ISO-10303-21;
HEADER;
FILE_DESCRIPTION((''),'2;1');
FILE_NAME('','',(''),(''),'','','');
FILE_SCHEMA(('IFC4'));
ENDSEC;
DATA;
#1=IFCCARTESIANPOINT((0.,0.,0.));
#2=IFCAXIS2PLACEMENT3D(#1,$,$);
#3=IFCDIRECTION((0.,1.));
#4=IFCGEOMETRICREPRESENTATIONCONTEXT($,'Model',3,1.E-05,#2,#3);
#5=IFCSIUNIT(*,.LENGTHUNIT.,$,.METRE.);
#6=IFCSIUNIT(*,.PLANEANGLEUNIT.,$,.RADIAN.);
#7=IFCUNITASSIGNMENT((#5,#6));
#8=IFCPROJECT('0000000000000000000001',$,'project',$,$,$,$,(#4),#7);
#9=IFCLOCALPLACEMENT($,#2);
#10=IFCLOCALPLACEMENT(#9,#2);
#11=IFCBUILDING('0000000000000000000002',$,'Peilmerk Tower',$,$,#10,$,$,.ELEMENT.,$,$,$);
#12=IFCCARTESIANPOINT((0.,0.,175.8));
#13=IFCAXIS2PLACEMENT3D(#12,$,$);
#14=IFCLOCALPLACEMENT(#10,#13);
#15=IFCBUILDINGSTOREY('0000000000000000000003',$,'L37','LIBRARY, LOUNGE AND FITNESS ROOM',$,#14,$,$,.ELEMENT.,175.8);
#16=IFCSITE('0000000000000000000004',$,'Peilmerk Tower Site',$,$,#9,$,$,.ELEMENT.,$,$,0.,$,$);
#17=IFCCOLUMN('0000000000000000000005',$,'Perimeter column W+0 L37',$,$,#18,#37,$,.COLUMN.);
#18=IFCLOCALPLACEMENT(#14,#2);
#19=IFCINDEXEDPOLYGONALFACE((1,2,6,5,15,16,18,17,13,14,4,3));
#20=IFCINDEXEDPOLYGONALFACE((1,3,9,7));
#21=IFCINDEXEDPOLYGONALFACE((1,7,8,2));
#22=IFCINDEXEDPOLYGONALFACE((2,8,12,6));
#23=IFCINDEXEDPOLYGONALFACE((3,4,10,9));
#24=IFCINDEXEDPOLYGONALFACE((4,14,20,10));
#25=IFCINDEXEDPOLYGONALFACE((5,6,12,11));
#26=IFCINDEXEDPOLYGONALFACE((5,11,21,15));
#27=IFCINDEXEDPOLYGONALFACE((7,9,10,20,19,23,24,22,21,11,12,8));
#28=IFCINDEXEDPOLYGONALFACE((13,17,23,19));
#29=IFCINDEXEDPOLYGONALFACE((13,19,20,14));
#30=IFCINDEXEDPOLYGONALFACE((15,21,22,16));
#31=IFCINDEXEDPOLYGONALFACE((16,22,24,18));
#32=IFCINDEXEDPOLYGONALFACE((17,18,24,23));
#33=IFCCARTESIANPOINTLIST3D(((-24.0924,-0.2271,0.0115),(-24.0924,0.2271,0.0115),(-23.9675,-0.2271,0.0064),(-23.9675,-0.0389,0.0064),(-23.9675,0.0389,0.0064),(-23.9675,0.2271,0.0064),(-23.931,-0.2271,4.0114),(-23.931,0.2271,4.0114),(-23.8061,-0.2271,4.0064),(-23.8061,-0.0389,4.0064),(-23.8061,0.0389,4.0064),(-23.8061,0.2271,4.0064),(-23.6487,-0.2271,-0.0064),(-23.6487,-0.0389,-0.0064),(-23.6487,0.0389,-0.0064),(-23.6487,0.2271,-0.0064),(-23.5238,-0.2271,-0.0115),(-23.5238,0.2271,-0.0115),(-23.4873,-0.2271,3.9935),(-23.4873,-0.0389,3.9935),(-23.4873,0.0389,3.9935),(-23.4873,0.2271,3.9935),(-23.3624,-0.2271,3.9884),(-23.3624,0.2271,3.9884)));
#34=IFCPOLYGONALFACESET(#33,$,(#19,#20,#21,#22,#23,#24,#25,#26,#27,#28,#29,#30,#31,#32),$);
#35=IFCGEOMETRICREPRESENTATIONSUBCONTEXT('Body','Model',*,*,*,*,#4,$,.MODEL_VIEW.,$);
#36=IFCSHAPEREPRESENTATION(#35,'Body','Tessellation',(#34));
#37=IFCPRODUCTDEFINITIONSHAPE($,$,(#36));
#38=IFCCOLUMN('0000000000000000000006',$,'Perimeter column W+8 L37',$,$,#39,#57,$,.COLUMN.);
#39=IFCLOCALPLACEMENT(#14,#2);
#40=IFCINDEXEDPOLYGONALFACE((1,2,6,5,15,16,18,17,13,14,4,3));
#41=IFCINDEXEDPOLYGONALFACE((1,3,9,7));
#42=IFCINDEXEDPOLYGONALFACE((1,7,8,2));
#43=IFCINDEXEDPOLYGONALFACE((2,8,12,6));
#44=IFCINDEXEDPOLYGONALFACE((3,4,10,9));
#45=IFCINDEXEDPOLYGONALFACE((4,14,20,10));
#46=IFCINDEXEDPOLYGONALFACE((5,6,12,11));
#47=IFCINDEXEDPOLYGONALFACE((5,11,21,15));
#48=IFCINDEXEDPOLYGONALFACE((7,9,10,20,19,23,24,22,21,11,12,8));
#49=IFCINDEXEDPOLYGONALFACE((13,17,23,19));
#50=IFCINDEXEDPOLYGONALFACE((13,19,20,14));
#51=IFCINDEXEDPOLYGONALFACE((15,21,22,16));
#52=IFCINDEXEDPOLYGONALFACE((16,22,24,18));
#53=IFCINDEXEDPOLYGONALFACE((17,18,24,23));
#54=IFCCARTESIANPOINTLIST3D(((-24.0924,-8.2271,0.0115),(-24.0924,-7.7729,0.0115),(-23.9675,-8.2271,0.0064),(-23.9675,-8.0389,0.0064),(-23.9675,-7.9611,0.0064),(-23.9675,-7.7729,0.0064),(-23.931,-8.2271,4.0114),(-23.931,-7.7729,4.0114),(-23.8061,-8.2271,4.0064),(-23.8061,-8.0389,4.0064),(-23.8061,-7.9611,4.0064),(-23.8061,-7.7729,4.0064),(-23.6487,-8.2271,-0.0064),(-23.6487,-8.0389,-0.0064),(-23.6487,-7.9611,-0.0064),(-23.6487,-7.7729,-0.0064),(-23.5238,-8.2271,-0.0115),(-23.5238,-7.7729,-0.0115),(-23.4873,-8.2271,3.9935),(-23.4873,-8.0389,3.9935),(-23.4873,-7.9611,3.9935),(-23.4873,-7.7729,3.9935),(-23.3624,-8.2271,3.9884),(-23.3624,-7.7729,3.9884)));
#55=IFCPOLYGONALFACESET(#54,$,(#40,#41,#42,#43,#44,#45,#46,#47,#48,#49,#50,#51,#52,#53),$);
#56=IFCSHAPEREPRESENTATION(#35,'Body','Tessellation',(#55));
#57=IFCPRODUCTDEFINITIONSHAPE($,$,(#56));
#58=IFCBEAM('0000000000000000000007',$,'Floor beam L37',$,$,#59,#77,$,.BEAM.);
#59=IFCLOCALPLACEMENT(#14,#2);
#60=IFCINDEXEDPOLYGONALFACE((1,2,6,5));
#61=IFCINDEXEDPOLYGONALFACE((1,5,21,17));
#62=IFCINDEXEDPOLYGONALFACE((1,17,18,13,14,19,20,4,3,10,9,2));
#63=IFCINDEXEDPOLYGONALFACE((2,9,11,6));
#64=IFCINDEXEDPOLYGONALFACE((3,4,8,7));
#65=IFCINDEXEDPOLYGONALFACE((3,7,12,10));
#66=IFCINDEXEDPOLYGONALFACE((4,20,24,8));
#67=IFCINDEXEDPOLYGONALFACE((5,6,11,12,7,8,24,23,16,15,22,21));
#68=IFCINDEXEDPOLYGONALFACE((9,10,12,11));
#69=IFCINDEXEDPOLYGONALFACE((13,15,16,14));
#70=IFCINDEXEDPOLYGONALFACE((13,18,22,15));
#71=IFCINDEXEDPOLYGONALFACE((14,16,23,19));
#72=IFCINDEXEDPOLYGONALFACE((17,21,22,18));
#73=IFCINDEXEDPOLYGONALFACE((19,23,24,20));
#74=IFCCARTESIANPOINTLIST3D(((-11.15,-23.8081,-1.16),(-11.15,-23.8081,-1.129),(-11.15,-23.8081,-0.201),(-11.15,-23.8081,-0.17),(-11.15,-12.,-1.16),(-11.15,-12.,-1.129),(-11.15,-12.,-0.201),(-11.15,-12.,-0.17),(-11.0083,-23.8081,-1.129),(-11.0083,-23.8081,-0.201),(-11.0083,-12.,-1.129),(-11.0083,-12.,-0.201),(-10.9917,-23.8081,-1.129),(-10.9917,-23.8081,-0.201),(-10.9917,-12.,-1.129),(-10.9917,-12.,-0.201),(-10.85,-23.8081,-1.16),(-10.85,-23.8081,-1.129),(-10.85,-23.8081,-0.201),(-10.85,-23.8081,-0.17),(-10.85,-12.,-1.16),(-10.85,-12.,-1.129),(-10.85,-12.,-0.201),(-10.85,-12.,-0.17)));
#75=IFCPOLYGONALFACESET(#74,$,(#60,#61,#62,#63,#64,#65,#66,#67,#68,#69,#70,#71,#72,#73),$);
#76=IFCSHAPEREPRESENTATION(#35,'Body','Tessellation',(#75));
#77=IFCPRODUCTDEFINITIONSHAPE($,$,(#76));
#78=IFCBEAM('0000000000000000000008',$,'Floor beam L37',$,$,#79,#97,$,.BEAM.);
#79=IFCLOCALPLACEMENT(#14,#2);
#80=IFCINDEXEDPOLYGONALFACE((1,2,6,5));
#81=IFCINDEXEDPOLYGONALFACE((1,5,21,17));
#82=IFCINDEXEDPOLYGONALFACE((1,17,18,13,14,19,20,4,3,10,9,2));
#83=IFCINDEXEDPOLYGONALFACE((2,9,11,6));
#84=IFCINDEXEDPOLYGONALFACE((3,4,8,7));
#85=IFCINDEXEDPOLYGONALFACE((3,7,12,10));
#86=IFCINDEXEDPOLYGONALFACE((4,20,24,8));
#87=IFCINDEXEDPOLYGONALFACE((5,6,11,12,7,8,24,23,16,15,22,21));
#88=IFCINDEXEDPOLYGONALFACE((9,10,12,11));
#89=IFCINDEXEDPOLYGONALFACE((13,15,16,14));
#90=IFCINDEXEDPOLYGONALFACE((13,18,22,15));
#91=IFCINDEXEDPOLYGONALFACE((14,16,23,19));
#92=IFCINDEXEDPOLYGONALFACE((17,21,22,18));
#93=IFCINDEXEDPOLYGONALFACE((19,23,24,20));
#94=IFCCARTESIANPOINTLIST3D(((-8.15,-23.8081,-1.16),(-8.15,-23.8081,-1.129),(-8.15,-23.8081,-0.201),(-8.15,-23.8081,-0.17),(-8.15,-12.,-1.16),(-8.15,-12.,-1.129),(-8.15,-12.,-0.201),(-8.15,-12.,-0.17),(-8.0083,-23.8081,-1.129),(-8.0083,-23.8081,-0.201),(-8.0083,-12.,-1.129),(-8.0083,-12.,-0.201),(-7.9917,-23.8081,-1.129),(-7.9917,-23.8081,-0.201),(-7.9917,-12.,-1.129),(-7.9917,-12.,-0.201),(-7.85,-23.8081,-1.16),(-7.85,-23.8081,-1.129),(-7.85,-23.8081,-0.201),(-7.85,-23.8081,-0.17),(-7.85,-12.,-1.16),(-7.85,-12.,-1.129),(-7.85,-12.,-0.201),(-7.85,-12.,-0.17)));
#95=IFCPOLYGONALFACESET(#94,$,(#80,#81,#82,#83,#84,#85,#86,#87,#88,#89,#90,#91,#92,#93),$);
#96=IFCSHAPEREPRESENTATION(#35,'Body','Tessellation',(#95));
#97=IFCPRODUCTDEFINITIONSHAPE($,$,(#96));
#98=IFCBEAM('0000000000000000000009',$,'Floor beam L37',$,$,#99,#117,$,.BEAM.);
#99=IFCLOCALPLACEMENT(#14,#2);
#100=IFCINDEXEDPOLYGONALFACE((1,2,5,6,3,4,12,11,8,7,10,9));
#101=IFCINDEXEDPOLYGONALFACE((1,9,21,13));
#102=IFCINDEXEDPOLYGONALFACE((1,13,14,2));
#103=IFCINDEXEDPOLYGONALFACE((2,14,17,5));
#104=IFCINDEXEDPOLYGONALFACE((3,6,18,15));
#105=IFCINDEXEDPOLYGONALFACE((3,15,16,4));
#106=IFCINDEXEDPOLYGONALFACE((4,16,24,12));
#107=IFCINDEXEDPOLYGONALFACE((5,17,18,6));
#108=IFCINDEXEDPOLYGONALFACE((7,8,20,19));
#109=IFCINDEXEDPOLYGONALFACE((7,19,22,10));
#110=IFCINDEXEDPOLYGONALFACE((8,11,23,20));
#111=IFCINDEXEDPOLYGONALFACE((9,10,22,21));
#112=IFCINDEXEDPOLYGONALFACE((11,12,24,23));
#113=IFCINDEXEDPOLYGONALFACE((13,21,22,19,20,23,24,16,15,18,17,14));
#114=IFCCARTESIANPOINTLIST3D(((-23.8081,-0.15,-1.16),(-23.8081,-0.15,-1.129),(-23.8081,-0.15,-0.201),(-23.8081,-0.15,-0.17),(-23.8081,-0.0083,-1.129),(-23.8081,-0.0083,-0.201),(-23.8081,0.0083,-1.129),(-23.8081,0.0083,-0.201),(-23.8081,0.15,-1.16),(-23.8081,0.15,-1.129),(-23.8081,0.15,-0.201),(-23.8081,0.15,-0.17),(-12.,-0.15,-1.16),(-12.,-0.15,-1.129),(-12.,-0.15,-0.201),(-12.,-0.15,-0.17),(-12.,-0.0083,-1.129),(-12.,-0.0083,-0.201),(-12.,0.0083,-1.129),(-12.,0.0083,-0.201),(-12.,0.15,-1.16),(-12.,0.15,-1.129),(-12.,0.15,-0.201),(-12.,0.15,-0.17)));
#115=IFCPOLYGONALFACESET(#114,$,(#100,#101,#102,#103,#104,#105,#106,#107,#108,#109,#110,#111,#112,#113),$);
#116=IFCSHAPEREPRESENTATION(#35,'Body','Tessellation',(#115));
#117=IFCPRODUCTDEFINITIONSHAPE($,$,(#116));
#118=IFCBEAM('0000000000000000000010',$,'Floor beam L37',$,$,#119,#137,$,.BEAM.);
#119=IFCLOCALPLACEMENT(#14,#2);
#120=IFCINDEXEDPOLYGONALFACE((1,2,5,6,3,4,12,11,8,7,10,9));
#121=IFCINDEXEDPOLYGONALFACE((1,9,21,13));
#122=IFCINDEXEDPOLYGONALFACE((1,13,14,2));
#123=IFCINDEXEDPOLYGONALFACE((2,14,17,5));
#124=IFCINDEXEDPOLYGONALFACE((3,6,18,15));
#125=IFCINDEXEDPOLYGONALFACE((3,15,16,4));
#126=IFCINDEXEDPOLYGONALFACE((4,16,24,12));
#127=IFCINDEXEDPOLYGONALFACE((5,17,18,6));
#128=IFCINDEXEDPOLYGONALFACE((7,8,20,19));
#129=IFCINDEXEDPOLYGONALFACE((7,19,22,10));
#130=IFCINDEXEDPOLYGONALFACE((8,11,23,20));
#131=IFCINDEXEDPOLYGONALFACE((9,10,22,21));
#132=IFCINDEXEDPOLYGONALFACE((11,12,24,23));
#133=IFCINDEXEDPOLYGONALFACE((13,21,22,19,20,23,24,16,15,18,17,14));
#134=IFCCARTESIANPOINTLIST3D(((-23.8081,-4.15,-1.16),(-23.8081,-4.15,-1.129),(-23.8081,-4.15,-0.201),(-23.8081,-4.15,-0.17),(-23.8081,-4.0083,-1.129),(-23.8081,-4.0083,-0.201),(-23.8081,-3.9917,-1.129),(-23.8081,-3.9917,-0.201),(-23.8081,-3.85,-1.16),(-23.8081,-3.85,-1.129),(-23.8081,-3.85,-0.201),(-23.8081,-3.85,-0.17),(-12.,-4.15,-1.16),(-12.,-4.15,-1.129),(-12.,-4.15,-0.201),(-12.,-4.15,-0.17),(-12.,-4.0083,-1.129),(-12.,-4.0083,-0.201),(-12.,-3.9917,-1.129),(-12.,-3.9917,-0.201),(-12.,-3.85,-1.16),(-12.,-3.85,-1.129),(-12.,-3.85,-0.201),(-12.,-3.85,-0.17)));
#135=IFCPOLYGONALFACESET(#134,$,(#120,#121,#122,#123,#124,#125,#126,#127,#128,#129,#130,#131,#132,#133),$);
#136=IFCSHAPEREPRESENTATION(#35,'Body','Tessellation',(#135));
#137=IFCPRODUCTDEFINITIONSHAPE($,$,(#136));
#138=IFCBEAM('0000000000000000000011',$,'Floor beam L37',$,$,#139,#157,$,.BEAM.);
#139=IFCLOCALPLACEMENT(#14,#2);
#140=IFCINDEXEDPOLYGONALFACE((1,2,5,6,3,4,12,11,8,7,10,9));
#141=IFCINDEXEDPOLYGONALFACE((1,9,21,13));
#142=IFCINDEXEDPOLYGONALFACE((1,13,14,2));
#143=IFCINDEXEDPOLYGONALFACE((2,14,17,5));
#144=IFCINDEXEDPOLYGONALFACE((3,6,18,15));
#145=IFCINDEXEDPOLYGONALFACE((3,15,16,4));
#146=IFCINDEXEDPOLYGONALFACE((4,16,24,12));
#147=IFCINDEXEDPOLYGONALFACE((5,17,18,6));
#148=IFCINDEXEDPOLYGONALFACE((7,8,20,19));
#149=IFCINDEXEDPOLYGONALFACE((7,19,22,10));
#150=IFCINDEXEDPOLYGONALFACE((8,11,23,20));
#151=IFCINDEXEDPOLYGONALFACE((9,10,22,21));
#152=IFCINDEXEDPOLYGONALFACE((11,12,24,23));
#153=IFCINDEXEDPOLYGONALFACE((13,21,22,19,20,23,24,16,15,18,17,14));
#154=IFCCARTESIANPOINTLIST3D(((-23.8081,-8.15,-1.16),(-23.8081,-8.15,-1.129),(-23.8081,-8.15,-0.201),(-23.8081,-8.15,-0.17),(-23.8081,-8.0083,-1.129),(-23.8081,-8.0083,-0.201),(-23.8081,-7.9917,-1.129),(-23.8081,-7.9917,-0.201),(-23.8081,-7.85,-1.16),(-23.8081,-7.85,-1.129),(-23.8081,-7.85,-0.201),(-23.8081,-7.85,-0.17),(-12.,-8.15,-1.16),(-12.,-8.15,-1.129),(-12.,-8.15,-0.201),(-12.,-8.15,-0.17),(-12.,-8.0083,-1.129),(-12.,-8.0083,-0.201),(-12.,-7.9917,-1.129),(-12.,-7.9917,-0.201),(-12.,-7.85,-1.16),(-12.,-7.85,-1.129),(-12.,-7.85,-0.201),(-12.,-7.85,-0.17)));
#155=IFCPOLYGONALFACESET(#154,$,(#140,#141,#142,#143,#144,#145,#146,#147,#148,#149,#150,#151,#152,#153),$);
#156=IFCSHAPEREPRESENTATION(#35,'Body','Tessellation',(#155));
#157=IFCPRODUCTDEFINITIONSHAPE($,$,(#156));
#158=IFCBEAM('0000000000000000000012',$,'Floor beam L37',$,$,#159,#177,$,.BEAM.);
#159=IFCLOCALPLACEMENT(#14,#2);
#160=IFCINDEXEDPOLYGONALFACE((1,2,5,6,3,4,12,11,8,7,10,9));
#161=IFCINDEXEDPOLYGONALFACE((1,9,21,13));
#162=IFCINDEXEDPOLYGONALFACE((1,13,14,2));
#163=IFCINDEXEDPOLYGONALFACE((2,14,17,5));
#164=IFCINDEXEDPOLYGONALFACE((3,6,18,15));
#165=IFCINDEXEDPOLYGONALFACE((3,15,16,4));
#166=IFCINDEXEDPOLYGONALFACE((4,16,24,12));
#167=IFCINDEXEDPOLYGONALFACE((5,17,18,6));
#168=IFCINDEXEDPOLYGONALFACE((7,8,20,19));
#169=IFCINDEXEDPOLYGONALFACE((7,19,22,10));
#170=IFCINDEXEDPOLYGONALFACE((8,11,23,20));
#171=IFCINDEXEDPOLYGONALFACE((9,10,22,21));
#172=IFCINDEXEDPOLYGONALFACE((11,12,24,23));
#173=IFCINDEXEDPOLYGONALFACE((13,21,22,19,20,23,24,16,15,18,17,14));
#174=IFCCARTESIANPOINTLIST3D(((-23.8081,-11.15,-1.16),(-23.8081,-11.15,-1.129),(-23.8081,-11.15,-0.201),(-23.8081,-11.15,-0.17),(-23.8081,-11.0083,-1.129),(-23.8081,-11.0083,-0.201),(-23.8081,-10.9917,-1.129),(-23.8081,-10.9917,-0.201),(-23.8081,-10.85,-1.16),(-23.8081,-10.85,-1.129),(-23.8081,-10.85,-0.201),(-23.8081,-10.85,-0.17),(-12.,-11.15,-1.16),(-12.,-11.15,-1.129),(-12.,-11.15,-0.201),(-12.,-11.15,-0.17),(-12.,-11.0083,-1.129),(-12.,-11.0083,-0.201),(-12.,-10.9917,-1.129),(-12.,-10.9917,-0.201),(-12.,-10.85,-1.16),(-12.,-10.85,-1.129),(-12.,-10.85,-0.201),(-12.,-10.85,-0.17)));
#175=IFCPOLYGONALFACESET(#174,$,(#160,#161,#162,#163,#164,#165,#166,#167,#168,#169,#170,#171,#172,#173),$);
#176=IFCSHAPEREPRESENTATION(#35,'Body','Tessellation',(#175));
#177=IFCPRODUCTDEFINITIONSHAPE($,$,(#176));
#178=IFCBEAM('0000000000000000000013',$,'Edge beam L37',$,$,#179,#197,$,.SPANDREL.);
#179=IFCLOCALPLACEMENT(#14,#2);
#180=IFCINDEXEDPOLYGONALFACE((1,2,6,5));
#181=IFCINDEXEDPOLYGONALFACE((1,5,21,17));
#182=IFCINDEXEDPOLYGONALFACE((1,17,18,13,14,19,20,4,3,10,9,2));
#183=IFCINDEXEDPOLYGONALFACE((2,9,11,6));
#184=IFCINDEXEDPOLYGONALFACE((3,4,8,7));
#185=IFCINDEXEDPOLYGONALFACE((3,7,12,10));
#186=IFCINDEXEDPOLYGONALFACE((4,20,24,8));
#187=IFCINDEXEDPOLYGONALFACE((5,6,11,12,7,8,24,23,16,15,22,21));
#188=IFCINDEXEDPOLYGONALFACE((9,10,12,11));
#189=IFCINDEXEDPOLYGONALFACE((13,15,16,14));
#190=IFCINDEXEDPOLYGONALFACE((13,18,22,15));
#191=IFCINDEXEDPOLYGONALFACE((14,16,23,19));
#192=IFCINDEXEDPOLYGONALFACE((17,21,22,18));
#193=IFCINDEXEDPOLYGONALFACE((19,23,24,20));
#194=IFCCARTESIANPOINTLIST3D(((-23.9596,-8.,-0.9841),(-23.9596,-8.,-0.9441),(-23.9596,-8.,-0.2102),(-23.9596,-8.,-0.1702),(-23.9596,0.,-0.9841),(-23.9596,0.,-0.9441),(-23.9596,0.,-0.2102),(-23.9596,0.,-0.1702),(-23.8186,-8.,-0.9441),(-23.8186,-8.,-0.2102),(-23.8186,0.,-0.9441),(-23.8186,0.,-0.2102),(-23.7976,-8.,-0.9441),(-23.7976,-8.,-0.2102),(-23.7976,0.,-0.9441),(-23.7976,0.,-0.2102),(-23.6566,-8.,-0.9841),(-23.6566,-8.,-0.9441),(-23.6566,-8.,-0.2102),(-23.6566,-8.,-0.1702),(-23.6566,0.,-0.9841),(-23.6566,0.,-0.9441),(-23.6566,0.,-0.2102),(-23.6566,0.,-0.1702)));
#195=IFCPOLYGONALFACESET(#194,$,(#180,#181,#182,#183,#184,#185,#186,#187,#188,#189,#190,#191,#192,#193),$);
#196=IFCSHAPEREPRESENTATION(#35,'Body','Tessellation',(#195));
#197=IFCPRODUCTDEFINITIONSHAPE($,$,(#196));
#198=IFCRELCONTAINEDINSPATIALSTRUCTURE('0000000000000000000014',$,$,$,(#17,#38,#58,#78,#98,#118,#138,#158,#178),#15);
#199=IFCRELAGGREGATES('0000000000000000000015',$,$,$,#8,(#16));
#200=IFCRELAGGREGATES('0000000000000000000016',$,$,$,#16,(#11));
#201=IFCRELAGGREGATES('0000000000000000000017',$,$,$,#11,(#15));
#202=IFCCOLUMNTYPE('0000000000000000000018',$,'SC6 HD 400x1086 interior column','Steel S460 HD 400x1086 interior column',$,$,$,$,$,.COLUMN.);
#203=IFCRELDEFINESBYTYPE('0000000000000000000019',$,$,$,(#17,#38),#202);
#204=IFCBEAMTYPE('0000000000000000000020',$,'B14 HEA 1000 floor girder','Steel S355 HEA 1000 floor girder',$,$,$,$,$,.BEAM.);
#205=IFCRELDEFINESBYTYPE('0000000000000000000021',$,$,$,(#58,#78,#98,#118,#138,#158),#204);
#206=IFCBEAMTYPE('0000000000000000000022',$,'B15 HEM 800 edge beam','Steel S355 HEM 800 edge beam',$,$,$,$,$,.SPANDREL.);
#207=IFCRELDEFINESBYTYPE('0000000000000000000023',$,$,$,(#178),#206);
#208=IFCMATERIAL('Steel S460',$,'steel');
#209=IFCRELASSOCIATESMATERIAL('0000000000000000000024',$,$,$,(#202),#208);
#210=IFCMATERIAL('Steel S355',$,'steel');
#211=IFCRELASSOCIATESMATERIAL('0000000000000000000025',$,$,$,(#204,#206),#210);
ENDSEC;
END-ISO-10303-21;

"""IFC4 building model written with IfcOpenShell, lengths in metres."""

from ifc_helpers import new_model, si_unit, direction, frame, origin, origin_2d, place, context, subcontext, project, spatial, i_section, extrude, material, material_profile, profile_set, type_object, element, save


model = new_model("IFC4")

# Units and contexts
model_context = context("Model", 3, precision=1e-05, world=origin(), true_north=direction((0.0, 1.0)))
body_context = subcontext(model_context, "Body", "Model", "MODEL_VIEW")
ifc_project = project(units=[si_unit("LENGTHUNIT", "METRE"), si_unit("PLANEANGLEUNIT", "RADIAN")], contexts=[model_context])

# Site, building, storey
site_placement = place(None, origin())
site = spatial("IfcSite", under=ifc_project, at=site_placement, Name="Peilmerk Tower Site", CompositionType="ELEMENT", RefElevation=0.0)
building_placement = place(site_placement, origin())
building = spatial("IfcBuilding", under=site, at=building_placement, Name="Peilmerk Tower", CompositionType="ELEMENT")
storey_placement = place(building_placement, frame((0.0, 0.0, 175.8)))
storey = spatial("IfcBuildingStorey", under=building, at=storey_placement, Name="L37", Description="LIBRARY, LOUNGE AND FITNESS ROOM", CompositionType="ELEMENT", Elevation=175.8)

# Columns
ifc_material_1 = material(Name="Steel S460", Category="steel")
ifc_material_profile_1 = material_profile(ifc_material_1, i_section(OverallWidth=0.4541, OverallDepth=0.5691, WebThickness=0.0779, FlangeThickness=0.125, at=origin_2d()), Name="HD 400x1086")
ifc_profile_set_1 = profile_set([ifc_material_profile_1], Name="Steel S460")
column_type = type_object("IfcColumnType", Name="SC6 HD 400x1086 interior column", Description="Steel S460 HD 400x1086 interior column", PredefinedType="COLUMN", material=ifc_profile_set_1)
for number, where, z_axis, x_axis, name in (
    (1, (-23.8081, 0.0, 0.0), (0.040311, 0.0, 0.999187), (0.0, 1.0, 0.0), "Perimeter column W+0 L37"),
    (2, (-23.8081, -8.0, 0.0), (0.040311, 0.0, 0.999187), (0.0, 1.0, 0.0), "Perimeter column W+8 L37"),
):
    element("IfcColumn", number, at=place(storey_placement, frame(where, z_axis=z_axis, x_axis=x_axis)), inside=storey, type_object=column_type, Name=name, PredefinedType="COLUMN", context=body_context, shape_type="SweptSolid", body=[
        extrude(i_section(OverallWidth=0.4541, OverallDepth=0.5691, WebThickness=0.0779, FlangeThickness=0.125, at=origin_2d()), origin(), (0.0, 0.0, 1.0), 4.0032),
    ])

# Beams
ifc_material_2 = material(Name="Steel S355", Category="steel")
ifc_material_profile_2 = material_profile(ifc_material_2, i_section(OverallWidth=0.3, OverallDepth=0.99, WebThickness=0.0166, FlangeThickness=0.031, at=origin_2d()), Name="HEA 1000")
ifc_profile_set_2 = profile_set([ifc_material_profile_2], Name="Steel S355")
beam_type_1 = type_object("IfcBeamType", Name="B14 HEA 1000 floor girder", Description="Steel S355 HEA 1000 floor girder", PredefinedType="BEAM", material=ifc_profile_set_2)
for number, where, z_axis, x_axis, name in (
    (3, (-11.0, -12.0, -0.665), (0.0, -1.0, 0.0), (1.0, 0.0, 0.0), "Floor beam L37"),
    (4, (-8.0, -12.0, -0.665), (0.0, -1.0, 0.0), (1.0, 0.0, 0.0), "Floor beam L37"),
    (5, (-12.0, 0.0, -0.665), (-1.0, 0.0, 0.0), (0.0, -1.0, 0.0), "Floor beam L37"),
    (6, (-12.0, -4.0, -0.665), (-1.0, 0.0, 0.0), (0.0, -1.0, 0.0), "Floor beam L37"),
    (7, (-12.0, -8.0, -0.665), (-1.0, 0.0, 0.0), (0.0, -1.0, 0.0), "Floor beam L37"),
    (8, (-12.0, -11.0, -0.665), (-1.0, 0.0, 0.0), (0.0, -1.0, 0.0), "Floor beam L37"),
):
    element("IfcBeam", number, at=place(storey_placement, frame(where, z_axis=z_axis, x_axis=x_axis)), inside=storey, type_object=beam_type_1, Name=name, PredefinedType="BEAM", context=body_context, shape_type="SweptSolid", body=[
        extrude(i_section(OverallWidth=0.3, OverallDepth=0.99, WebThickness=0.0166, FlangeThickness=0.031, at=origin_2d()), origin(), (0.0, 0.0, 1.0), 11.8081),
    ])
ifc_material_profile_3 = material_profile(ifc_material_2, i_section(OverallWidth=0.303, OverallDepth=0.814, WebThickness=0.021, FlangeThickness=0.04, at=origin_2d()), Name="HEM 800")
ifc_profile_set_3 = profile_set([ifc_material_profile_3], Name="Steel S355")
beam_type_2 = type_object("IfcBeamType", Name="B15 HEM 800 edge beam", Description="Steel S355 HEM 800 edge beam", PredefinedType="SPANDREL", material=ifc_profile_set_3)
for number, where, z_axis, x_axis, name in (
    (9, (-23.8081, 0.0, -0.5771), (0.0, -1.0, 0.0), (1.0, 0.0, 0.0), "Edge beam L37"),
):
    element("IfcBeam", number, at=place(storey_placement, frame(where, z_axis=z_axis, x_axis=x_axis)), inside=storey, type_object=beam_type_2, Name=name, PredefinedType="SPANDREL", context=body_context, shape_type="SweptSolid", body=[
        extrude(i_section(OverallWidth=0.303, OverallDepth=0.814, WebThickness=0.021, FlangeThickness=0.04, at=origin_2d()), origin(), (0.0, 0.0, 1.0), 8.0),
    ])

save(model, "model.ifc")
